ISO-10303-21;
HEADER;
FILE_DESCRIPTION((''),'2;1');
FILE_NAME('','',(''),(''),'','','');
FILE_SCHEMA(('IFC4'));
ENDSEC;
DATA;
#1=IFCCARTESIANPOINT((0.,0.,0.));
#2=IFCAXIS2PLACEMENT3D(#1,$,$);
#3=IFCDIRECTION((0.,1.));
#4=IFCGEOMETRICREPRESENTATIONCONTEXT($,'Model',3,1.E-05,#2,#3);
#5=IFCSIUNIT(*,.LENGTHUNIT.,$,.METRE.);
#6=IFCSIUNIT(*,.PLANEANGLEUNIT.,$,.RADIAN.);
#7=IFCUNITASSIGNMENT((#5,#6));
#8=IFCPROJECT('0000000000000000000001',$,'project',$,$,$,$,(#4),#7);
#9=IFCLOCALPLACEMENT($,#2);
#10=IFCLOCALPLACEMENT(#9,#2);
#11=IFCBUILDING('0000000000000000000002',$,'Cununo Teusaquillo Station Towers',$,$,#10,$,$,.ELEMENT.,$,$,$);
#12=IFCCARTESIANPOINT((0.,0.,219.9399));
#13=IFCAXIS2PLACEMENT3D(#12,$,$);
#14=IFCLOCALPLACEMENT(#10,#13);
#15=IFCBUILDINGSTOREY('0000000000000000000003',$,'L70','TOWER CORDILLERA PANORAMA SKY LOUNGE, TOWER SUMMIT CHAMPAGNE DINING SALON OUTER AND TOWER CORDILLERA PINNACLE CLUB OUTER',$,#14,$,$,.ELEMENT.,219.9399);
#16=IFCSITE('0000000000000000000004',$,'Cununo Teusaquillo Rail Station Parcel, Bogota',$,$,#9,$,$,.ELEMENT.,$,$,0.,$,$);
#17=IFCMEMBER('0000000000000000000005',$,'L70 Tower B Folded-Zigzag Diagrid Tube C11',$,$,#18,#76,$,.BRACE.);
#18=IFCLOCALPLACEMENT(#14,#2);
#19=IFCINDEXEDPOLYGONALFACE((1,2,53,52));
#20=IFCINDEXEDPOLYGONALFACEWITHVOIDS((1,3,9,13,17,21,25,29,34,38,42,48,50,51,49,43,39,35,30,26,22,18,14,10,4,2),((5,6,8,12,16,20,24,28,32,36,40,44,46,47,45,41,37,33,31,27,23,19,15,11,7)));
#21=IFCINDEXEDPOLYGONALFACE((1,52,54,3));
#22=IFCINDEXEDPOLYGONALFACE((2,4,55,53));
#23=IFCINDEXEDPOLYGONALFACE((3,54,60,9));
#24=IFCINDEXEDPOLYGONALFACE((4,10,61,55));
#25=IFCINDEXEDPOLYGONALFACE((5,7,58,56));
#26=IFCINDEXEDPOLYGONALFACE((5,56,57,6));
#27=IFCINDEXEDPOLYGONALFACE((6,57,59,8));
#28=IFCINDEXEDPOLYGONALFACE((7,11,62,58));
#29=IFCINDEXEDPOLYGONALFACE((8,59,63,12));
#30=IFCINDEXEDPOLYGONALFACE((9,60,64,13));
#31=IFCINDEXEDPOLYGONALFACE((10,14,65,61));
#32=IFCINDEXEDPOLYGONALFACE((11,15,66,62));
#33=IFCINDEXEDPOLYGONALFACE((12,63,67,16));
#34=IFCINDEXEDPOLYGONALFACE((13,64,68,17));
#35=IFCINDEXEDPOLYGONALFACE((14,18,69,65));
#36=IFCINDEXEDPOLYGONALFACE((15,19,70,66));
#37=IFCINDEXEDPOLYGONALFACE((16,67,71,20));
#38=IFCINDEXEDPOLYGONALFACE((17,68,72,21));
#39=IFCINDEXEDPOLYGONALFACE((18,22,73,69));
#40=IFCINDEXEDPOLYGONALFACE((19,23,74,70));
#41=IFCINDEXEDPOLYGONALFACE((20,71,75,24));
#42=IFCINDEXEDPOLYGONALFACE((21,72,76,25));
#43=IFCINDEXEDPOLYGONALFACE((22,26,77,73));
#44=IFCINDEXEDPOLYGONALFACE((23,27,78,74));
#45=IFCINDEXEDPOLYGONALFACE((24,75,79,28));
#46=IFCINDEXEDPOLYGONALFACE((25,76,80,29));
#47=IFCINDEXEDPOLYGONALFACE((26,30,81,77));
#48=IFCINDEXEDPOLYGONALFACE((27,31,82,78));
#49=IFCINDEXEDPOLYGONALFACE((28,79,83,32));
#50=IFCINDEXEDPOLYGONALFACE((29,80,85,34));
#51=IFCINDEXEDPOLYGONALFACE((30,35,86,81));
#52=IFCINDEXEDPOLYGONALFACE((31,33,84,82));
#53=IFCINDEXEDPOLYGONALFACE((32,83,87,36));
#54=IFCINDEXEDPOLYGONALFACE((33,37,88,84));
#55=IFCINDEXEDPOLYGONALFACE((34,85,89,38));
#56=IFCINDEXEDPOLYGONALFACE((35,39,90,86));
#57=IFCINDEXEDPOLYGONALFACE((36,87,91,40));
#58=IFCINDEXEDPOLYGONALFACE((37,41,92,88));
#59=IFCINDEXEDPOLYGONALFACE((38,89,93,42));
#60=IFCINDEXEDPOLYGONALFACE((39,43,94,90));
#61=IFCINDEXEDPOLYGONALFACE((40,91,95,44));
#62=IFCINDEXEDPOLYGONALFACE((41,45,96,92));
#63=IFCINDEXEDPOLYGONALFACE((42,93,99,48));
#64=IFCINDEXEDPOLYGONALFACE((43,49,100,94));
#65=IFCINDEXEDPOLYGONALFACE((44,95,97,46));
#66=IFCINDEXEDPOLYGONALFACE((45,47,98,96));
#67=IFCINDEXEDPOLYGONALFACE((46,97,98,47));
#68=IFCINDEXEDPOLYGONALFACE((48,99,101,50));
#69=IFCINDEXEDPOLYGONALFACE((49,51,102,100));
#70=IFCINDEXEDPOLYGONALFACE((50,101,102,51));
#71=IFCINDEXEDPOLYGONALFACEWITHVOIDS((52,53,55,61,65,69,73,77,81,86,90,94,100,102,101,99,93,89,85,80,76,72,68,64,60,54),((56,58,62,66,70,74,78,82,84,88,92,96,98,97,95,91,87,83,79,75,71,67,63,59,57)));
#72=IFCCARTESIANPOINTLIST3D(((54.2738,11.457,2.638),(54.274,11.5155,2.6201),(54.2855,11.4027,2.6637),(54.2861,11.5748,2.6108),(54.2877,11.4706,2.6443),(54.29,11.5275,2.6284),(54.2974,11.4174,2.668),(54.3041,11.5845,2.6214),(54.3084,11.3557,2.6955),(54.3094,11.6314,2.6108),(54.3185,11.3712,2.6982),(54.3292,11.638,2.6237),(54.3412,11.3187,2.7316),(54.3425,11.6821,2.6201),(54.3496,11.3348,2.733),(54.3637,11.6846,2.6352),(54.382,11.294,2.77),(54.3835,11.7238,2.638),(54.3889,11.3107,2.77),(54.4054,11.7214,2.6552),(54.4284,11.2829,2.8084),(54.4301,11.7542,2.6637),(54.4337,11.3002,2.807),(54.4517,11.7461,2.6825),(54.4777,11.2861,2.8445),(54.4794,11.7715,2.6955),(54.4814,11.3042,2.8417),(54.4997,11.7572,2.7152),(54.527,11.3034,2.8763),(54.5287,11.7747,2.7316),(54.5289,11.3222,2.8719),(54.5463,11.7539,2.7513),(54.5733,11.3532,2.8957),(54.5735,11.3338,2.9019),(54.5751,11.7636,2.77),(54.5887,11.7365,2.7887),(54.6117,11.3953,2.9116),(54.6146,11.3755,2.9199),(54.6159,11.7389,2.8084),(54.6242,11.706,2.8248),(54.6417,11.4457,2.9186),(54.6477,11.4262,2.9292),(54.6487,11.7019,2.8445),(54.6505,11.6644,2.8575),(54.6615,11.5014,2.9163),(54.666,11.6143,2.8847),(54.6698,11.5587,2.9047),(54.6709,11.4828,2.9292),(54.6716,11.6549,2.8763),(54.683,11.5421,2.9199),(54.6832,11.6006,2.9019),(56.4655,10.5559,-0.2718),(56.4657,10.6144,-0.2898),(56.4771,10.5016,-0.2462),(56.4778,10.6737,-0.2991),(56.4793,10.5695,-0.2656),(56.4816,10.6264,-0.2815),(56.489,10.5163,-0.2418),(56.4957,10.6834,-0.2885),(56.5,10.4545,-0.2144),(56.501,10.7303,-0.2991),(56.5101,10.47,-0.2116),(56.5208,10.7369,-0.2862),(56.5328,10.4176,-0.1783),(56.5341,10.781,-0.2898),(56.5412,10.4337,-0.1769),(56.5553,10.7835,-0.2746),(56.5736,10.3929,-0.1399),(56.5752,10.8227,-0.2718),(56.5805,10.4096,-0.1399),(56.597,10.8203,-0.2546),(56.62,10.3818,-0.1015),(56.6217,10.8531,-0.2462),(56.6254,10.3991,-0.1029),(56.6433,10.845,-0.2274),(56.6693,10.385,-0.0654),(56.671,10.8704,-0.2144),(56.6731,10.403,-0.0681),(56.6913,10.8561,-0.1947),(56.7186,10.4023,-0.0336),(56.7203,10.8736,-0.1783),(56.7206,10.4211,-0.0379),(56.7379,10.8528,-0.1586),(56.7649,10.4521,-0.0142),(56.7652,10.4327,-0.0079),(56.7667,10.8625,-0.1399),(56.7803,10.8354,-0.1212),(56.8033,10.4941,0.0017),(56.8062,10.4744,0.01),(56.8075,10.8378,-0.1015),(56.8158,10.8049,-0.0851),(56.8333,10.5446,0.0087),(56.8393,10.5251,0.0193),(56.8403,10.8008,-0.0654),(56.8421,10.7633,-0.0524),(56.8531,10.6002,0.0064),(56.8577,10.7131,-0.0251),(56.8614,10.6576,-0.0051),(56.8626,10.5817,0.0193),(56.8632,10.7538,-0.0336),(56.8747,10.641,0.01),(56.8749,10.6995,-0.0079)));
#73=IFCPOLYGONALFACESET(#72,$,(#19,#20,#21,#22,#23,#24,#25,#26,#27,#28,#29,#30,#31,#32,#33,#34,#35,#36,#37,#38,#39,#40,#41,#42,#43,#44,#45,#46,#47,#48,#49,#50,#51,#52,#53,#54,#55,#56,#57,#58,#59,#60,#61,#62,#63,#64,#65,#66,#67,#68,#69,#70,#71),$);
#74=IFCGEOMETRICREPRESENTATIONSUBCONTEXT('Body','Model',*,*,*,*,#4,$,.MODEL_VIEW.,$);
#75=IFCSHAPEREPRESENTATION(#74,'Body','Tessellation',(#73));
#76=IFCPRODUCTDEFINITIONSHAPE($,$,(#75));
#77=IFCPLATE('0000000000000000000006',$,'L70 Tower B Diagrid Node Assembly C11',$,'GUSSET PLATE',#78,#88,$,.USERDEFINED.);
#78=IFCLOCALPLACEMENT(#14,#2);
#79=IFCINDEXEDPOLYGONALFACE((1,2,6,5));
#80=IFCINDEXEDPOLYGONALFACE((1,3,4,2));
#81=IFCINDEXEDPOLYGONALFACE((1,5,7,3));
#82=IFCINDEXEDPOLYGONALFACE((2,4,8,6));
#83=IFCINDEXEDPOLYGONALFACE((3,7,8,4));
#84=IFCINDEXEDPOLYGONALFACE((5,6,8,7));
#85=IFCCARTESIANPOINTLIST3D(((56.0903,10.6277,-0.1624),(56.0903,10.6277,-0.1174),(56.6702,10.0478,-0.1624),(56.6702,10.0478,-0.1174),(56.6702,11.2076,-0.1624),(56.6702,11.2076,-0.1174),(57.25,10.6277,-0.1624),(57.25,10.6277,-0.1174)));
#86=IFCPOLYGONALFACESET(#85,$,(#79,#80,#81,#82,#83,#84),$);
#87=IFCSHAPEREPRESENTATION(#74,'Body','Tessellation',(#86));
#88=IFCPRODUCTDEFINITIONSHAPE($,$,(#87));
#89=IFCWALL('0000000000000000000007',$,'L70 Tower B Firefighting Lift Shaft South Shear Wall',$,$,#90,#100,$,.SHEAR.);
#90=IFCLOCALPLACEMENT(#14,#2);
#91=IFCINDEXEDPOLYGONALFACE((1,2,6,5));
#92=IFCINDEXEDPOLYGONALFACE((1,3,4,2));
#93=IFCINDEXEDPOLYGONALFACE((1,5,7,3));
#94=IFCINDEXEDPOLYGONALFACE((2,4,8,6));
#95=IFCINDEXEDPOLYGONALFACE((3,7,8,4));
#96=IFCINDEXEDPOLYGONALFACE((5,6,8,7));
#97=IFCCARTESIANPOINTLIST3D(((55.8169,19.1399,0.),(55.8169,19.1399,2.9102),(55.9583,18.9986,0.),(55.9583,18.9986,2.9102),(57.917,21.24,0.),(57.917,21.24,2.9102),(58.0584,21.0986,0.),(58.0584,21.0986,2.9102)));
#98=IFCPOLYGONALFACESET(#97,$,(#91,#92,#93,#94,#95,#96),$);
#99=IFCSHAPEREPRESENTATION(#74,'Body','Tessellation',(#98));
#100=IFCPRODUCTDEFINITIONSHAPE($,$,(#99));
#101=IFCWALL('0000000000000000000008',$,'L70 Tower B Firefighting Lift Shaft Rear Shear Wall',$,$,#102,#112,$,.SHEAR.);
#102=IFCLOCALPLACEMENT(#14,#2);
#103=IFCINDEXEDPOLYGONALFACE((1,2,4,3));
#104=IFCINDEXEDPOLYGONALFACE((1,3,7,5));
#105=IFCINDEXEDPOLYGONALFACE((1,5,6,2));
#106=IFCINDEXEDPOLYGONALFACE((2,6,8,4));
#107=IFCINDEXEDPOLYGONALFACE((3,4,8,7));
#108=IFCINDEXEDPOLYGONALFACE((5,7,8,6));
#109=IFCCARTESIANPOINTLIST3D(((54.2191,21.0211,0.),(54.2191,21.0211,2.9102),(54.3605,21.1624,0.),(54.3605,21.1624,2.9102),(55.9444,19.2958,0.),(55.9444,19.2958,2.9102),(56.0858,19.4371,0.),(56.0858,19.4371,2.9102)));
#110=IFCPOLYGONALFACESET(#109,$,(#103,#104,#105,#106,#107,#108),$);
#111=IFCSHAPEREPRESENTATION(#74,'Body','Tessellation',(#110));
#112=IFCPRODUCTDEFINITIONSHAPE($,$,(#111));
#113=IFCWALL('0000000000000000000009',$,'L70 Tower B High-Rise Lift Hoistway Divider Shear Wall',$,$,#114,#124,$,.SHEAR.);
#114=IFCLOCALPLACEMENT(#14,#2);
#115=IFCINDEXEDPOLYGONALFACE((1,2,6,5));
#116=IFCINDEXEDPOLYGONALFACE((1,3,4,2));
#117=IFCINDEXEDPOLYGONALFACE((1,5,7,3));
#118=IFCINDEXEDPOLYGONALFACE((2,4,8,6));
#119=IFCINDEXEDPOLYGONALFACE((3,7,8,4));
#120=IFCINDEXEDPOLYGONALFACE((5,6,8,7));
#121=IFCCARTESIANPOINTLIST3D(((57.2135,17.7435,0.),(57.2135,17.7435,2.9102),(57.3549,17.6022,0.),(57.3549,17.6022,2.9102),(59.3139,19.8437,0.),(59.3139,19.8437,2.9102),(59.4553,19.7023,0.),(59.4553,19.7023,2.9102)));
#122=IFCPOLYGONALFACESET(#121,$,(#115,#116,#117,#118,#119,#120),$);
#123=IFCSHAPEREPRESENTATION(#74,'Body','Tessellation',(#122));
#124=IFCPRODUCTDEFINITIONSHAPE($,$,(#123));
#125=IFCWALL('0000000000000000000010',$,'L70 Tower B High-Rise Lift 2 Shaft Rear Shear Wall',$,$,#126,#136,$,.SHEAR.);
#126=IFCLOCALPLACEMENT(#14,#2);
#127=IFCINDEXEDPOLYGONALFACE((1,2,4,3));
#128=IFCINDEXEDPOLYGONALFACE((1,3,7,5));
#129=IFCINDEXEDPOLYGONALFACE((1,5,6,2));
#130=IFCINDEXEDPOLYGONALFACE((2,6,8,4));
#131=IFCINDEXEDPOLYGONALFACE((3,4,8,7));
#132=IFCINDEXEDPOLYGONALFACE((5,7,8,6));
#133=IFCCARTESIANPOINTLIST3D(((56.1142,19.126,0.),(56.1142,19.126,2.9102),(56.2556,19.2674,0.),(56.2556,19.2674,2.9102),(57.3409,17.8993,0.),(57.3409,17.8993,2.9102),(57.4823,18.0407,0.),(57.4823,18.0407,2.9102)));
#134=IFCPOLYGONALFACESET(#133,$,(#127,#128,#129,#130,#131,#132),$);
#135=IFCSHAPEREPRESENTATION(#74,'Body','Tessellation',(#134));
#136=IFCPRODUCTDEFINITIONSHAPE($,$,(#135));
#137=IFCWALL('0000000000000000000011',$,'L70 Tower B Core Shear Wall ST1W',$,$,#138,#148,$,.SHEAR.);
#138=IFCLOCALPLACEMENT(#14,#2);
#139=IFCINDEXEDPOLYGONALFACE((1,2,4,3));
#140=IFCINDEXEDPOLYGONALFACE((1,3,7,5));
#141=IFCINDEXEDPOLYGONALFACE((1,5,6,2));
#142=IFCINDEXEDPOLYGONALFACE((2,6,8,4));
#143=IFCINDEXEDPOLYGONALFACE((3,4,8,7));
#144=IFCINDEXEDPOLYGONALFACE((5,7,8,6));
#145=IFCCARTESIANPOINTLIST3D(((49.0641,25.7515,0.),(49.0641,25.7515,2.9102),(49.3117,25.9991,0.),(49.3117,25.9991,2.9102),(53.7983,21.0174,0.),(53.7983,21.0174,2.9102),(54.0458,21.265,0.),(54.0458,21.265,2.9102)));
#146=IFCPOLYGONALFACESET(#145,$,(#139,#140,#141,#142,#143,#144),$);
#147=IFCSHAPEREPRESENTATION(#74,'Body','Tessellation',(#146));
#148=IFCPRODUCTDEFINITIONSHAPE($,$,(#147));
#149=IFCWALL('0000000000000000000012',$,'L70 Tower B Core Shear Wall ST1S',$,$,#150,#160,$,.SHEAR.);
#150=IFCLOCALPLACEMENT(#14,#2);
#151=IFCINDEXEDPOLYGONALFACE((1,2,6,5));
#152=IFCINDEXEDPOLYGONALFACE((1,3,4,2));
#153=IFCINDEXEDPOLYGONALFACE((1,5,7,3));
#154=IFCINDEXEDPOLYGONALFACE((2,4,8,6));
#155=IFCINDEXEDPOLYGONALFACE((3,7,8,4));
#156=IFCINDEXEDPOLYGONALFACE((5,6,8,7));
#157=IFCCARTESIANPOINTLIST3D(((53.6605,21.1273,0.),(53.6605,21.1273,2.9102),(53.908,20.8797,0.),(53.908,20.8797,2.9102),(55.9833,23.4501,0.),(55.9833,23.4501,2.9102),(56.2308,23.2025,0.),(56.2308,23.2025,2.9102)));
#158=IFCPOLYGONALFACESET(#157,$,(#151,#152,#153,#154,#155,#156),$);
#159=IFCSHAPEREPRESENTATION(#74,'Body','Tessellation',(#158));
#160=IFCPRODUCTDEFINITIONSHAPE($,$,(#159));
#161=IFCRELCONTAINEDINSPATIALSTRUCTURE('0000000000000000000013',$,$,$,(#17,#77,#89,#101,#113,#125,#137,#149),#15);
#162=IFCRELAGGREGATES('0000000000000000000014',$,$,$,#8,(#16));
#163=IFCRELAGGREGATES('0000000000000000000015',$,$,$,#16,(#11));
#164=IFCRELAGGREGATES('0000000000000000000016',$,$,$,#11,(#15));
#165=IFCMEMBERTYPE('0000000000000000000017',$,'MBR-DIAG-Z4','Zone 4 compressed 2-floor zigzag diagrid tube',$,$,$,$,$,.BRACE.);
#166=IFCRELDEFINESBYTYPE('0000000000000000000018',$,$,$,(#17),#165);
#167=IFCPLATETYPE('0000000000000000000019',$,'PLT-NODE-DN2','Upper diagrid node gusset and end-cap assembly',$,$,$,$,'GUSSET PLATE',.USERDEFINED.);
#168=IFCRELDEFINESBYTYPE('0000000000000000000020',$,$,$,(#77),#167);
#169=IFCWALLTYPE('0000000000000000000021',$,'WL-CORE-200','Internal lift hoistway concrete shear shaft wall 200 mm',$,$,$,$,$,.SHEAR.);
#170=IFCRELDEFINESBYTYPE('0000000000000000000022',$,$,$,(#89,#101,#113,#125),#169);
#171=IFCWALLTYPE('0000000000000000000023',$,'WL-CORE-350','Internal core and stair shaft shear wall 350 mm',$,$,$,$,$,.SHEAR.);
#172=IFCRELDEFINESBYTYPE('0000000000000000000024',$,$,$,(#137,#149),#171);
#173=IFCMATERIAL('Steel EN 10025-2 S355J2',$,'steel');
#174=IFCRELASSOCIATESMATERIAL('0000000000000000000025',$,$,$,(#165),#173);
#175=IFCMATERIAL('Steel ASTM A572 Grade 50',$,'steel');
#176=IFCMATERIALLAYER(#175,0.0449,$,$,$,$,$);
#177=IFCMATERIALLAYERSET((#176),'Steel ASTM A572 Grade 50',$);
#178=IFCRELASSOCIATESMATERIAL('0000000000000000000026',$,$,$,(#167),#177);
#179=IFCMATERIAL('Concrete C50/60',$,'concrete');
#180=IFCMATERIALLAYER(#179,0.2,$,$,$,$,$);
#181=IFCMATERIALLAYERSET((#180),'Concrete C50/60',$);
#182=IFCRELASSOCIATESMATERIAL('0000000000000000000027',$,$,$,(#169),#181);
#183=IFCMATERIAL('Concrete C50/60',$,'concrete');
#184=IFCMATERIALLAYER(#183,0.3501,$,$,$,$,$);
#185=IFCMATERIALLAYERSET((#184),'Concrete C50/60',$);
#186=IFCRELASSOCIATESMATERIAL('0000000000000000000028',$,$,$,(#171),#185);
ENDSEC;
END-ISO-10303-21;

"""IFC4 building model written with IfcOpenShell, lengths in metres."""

from ifc_helpers import new_model, si_unit, direction, frame, frame_2d, origin, origin_2d, place, context, subcontext, project, spatial, rectangle, hollow_circle, extrude, source, transform, mapped, material, layer, layer_set, material_profile, profile_set, type_object, element, save


model = new_model("IFC4")

# Units and contexts
model_context = context("Model", 3, precision=1e-05, world=origin(), true_north=direction((0.0, 1.0)))
body_context = subcontext(model_context, "Body", "Model", "MODEL_VIEW")
ifc_project = project(units=[si_unit("LENGTHUNIT", "METRE"), si_unit("PLANEANGLEUNIT", "RADIAN")], contexts=[model_context])

# Site, building, storey
site_placement = place(None, origin())
site = spatial("IfcSite", under=ifc_project, at=site_placement, Name="Cununo Teusaquillo Rail Station Parcel, Bogota", CompositionType="ELEMENT", RefElevation=0.0)
building_placement = place(site_placement, origin())
building = spatial("IfcBuilding", under=site, at=building_placement, Name="Cununo Teusaquillo Station Towers", CompositionType="ELEMENT")
storey_placement = place(building_placement, frame((0.0, 0.0, 219.9399)))
storey = spatial("IfcBuildingStorey", under=building, at=storey_placement, Name="L70", Description="TOWER CORDILLERA PANORAMA SKY LOUNGE, TOWER SUMMIT CHAMPAGNE DINING SALON OUTER AND TOWER CORDILLERA PINNACLE CLUB OUTER", CompositionType="ELEMENT", Elevation=219.9399)

# Member
ifc_material_1 = material(Name="Steel EN 10025-2 S355J2", Category="steel")
ifc_material_profile_1 = material_profile(ifc_material_1, hollow_circle(Radius=0.2539, WallThickness=0.0181, at=origin_2d()), Name="CHS 508x18")
ifc_profile_set_1 = profile_set([ifc_material_profile_1], Name="Steel EN 10025-2 S355J2")
member_type = type_object("IfcMemberType", Name="MBR-DIAG-Z4", Description="Zone 4 compressed 2-floor zigzag diagrid tube", PredefinedType="BRACE", material=ifc_profile_set_1)
member_placement = place(storey_placement, frame((56.6702, 10.6277, -0.1399), z_axis=(-0.584016, 0.240125, 0.775413), x_axis=(-0.380273, -0.924874, 0.0)))
element("IfcMember", 1, at=member_placement, inside=storey, type_object=member_type, Name="L70 Tower B Folded-Zigzag Diagrid Tube C11", PredefinedType="BRACE", context=body_context, shape_type="SweptSolid", body=[
    extrude(hollow_circle(Radius=0.2539, WallThickness=0.0181, at=origin_2d()), origin(), (0.0, 0.0, 1.0), 3.7527),
])

# Plate
ifc_material_2 = material(Name="Steel ASTM A572 Grade 50", Category="steel")
ifc_layer_1 = layer(ifc_material_2, 0.0449)
ifc_layer_set_1 = layer_set([ifc_layer_1], Name="Steel ASTM A572 Grade 50")
plate_type = type_object("IfcPlateType", Name="PLT-NODE-DN2", Description="Upper diagrid node gusset and end-cap assembly", ElementType="GUSSET PLATE", PredefinedType="USERDEFINED", material=ifc_layer_set_1)
shared_shape_1 = source(origin(), body_context, "Body", "SweptSolid", [
    extrude(rectangle(XDim=0.8201, YDim=0.8201, at=origin_2d()), origin(), (0.0, 0.0, 1.0), 0.0449),
])
plate_placement = place(storey_placement, frame((56.6702, 10.6277, -0.1624), z_axis=(0.0, 0.0, 1.0), x_axis=(0.707107, 0.707107, 0.0)))
element("IfcPlate", 2, at=plate_placement, inside=storey, type_object=plate_type, Name="L70 Tower B Diagrid Node Assembly C11", ObjectType="GUSSET PLATE", PredefinedType="USERDEFINED", context=body_context, shape_type="MappedRepresentation", body=[
    mapped(shared_shape_1, transform((0.0, 0.0, 0.0), x_axis=(1.0, 0.0, 0.0), y_axis=(0.0, 1.0, 0.0), z_axis=(0.0, 0.0, 1.0), scale=1.0)),
])

# Walls
ifc_material_3 = material(Name="Concrete C50/60", Category="concrete")
ifc_layer_2 = layer(ifc_material_3, 0.2)
ifc_layer_set_2 = layer_set([ifc_layer_2], Name="Concrete C50/60")
wall_type_1 = type_object("IfcWallType", Name="WL-CORE-200", Description="Internal lift hoistway concrete shear shaft wall 200 mm", PredefinedType="SHEAR", material=ifc_layer_set_2)
wall_1_placement = place(storey_placement, frame((55.8877, 19.0693, 0.0), z_axis=(0.0, 0.0, 1.0), x_axis=(0.707107, 0.707107, 0.0)))
element("IfcWall", 3, at=wall_1_placement, inside=storey, type_object=wall_type_1, Name="L70 Tower B Firefighting Lift Shaft South Shear Wall", PredefinedType="SHEAR", context=body_context, shape_type="SweptSolid", body=[
    extrude(rectangle(XDim=2.97, YDim=0.2, at=frame_2d((1.4849, 0.0))), origin(), (0.0, 0.0, 1.0), 2.9102),
])
wall_2_placement = place(storey_placement, frame((56.0151, 19.3665, 0.0), z_axis=(0.0, 0.0, 1.0), x_axis=(-0.707107, 0.707107, 0.0)))
element("IfcWall", 4, at=wall_2_placement, inside=storey, type_object=wall_type_1, Name="L70 Tower B Firefighting Lift Shaft Rear Shear Wall", PredefinedType="SHEAR", context=body_context, shape_type="SweptSolid", body=[
    extrude(rectangle(XDim=2.4399, YDim=0.2, at=frame_2d((1.22, 0.0))), origin(), (0.0, 0.0, 1.0), 2.9102),
])
wall_3_placement = place(storey_placement, frame((57.2842, 17.6729, 0.0), z_axis=(0.0, 0.0, 1.0), x_axis=(0.707148, 0.707066, 0.0)))
element("IfcWall", 5, at=wall_3_placement, inside=storey, type_object=wall_type_1, Name="L70 Tower B High-Rise Lift Hoistway Divider Shear Wall", PredefinedType="SHEAR", context=body_context, shape_type="SweptSolid", body=[
    extrude(rectangle(XDim=2.9702, YDim=0.2, at=frame_2d((1.4851, 0.0))), origin(), (0.0, 0.0, 1.0), 2.9102),
])
wall_4_placement = place(storey_placement, frame((57.4116, 17.97, 0.0), z_axis=(0.0, 0.0, 1.0), x_axis=(-0.707107, 0.707107, 0.0)))
element("IfcWall", 6, at=wall_4_placement, inside=storey, type_object=wall_type_1, Name="L70 Tower B High-Rise Lift 2 Shaft Rear Shear Wall", PredefinedType="SHEAR", context=body_context, shape_type="SweptSolid", body=[
    extrude(rectangle(XDim=1.7349, YDim=0.2, at=frame_2d((0.8674, 0.0))), origin(), (0.0, 0.0, 1.0), 2.9102),
])
ifc_material_4 = material(Name="Concrete C50/60", Category="concrete")
ifc_layer_3 = layer(ifc_material_4, 0.3501)
ifc_layer_set_3 = layer_set([ifc_layer_3], Name="Concrete C50/60")
wall_type_2 = type_object("IfcWallType", Name="WL-CORE-350", Description="Internal core and stair shaft shear wall 350 mm", PredefinedType="SHEAR", material=ifc_layer_set_3)
wall_5_placement = place(storey_placement, frame((53.9221, 21.1411, 0.0), z_axis=(0.0, 0.0, 1.0), x_axis=(-0.707107, 0.707107, 0.0)))
element("IfcWall", 7, at=wall_5_placement, inside=storey, type_object=wall_type_2, Name="L70 Tower B Core Shear Wall ST1W", PredefinedType="SHEAR", context=body_context, shape_type="SweptSolid", body=[
    extrude(rectangle(XDim=6.6951, YDim=0.3501, at=frame_2d((3.3477, 0.0))), origin(), (0.0, 0.0, 1.0), 2.9102),
])
wall_6_placement = place(storey_placement, frame((53.7842, 21.0034, 0.0), z_axis=(0.0, 0.0, 1.0), x_axis=(0.707107, 0.707107, 0.0)))
element("IfcWall", 8, at=wall_6_placement, inside=storey, type_object=wall_type_2, Name="L70 Tower B Core Shear Wall ST1S", PredefinedType="SHEAR", context=body_context, shape_type="SweptSolid", body=[
    extrude(rectangle(XDim=3.2849, YDim=0.3501, at=frame_2d((1.6426, 0.0))), origin(), (0.0, 0.0, 1.0), 2.9102),
])

save(model, "model.ifc")
